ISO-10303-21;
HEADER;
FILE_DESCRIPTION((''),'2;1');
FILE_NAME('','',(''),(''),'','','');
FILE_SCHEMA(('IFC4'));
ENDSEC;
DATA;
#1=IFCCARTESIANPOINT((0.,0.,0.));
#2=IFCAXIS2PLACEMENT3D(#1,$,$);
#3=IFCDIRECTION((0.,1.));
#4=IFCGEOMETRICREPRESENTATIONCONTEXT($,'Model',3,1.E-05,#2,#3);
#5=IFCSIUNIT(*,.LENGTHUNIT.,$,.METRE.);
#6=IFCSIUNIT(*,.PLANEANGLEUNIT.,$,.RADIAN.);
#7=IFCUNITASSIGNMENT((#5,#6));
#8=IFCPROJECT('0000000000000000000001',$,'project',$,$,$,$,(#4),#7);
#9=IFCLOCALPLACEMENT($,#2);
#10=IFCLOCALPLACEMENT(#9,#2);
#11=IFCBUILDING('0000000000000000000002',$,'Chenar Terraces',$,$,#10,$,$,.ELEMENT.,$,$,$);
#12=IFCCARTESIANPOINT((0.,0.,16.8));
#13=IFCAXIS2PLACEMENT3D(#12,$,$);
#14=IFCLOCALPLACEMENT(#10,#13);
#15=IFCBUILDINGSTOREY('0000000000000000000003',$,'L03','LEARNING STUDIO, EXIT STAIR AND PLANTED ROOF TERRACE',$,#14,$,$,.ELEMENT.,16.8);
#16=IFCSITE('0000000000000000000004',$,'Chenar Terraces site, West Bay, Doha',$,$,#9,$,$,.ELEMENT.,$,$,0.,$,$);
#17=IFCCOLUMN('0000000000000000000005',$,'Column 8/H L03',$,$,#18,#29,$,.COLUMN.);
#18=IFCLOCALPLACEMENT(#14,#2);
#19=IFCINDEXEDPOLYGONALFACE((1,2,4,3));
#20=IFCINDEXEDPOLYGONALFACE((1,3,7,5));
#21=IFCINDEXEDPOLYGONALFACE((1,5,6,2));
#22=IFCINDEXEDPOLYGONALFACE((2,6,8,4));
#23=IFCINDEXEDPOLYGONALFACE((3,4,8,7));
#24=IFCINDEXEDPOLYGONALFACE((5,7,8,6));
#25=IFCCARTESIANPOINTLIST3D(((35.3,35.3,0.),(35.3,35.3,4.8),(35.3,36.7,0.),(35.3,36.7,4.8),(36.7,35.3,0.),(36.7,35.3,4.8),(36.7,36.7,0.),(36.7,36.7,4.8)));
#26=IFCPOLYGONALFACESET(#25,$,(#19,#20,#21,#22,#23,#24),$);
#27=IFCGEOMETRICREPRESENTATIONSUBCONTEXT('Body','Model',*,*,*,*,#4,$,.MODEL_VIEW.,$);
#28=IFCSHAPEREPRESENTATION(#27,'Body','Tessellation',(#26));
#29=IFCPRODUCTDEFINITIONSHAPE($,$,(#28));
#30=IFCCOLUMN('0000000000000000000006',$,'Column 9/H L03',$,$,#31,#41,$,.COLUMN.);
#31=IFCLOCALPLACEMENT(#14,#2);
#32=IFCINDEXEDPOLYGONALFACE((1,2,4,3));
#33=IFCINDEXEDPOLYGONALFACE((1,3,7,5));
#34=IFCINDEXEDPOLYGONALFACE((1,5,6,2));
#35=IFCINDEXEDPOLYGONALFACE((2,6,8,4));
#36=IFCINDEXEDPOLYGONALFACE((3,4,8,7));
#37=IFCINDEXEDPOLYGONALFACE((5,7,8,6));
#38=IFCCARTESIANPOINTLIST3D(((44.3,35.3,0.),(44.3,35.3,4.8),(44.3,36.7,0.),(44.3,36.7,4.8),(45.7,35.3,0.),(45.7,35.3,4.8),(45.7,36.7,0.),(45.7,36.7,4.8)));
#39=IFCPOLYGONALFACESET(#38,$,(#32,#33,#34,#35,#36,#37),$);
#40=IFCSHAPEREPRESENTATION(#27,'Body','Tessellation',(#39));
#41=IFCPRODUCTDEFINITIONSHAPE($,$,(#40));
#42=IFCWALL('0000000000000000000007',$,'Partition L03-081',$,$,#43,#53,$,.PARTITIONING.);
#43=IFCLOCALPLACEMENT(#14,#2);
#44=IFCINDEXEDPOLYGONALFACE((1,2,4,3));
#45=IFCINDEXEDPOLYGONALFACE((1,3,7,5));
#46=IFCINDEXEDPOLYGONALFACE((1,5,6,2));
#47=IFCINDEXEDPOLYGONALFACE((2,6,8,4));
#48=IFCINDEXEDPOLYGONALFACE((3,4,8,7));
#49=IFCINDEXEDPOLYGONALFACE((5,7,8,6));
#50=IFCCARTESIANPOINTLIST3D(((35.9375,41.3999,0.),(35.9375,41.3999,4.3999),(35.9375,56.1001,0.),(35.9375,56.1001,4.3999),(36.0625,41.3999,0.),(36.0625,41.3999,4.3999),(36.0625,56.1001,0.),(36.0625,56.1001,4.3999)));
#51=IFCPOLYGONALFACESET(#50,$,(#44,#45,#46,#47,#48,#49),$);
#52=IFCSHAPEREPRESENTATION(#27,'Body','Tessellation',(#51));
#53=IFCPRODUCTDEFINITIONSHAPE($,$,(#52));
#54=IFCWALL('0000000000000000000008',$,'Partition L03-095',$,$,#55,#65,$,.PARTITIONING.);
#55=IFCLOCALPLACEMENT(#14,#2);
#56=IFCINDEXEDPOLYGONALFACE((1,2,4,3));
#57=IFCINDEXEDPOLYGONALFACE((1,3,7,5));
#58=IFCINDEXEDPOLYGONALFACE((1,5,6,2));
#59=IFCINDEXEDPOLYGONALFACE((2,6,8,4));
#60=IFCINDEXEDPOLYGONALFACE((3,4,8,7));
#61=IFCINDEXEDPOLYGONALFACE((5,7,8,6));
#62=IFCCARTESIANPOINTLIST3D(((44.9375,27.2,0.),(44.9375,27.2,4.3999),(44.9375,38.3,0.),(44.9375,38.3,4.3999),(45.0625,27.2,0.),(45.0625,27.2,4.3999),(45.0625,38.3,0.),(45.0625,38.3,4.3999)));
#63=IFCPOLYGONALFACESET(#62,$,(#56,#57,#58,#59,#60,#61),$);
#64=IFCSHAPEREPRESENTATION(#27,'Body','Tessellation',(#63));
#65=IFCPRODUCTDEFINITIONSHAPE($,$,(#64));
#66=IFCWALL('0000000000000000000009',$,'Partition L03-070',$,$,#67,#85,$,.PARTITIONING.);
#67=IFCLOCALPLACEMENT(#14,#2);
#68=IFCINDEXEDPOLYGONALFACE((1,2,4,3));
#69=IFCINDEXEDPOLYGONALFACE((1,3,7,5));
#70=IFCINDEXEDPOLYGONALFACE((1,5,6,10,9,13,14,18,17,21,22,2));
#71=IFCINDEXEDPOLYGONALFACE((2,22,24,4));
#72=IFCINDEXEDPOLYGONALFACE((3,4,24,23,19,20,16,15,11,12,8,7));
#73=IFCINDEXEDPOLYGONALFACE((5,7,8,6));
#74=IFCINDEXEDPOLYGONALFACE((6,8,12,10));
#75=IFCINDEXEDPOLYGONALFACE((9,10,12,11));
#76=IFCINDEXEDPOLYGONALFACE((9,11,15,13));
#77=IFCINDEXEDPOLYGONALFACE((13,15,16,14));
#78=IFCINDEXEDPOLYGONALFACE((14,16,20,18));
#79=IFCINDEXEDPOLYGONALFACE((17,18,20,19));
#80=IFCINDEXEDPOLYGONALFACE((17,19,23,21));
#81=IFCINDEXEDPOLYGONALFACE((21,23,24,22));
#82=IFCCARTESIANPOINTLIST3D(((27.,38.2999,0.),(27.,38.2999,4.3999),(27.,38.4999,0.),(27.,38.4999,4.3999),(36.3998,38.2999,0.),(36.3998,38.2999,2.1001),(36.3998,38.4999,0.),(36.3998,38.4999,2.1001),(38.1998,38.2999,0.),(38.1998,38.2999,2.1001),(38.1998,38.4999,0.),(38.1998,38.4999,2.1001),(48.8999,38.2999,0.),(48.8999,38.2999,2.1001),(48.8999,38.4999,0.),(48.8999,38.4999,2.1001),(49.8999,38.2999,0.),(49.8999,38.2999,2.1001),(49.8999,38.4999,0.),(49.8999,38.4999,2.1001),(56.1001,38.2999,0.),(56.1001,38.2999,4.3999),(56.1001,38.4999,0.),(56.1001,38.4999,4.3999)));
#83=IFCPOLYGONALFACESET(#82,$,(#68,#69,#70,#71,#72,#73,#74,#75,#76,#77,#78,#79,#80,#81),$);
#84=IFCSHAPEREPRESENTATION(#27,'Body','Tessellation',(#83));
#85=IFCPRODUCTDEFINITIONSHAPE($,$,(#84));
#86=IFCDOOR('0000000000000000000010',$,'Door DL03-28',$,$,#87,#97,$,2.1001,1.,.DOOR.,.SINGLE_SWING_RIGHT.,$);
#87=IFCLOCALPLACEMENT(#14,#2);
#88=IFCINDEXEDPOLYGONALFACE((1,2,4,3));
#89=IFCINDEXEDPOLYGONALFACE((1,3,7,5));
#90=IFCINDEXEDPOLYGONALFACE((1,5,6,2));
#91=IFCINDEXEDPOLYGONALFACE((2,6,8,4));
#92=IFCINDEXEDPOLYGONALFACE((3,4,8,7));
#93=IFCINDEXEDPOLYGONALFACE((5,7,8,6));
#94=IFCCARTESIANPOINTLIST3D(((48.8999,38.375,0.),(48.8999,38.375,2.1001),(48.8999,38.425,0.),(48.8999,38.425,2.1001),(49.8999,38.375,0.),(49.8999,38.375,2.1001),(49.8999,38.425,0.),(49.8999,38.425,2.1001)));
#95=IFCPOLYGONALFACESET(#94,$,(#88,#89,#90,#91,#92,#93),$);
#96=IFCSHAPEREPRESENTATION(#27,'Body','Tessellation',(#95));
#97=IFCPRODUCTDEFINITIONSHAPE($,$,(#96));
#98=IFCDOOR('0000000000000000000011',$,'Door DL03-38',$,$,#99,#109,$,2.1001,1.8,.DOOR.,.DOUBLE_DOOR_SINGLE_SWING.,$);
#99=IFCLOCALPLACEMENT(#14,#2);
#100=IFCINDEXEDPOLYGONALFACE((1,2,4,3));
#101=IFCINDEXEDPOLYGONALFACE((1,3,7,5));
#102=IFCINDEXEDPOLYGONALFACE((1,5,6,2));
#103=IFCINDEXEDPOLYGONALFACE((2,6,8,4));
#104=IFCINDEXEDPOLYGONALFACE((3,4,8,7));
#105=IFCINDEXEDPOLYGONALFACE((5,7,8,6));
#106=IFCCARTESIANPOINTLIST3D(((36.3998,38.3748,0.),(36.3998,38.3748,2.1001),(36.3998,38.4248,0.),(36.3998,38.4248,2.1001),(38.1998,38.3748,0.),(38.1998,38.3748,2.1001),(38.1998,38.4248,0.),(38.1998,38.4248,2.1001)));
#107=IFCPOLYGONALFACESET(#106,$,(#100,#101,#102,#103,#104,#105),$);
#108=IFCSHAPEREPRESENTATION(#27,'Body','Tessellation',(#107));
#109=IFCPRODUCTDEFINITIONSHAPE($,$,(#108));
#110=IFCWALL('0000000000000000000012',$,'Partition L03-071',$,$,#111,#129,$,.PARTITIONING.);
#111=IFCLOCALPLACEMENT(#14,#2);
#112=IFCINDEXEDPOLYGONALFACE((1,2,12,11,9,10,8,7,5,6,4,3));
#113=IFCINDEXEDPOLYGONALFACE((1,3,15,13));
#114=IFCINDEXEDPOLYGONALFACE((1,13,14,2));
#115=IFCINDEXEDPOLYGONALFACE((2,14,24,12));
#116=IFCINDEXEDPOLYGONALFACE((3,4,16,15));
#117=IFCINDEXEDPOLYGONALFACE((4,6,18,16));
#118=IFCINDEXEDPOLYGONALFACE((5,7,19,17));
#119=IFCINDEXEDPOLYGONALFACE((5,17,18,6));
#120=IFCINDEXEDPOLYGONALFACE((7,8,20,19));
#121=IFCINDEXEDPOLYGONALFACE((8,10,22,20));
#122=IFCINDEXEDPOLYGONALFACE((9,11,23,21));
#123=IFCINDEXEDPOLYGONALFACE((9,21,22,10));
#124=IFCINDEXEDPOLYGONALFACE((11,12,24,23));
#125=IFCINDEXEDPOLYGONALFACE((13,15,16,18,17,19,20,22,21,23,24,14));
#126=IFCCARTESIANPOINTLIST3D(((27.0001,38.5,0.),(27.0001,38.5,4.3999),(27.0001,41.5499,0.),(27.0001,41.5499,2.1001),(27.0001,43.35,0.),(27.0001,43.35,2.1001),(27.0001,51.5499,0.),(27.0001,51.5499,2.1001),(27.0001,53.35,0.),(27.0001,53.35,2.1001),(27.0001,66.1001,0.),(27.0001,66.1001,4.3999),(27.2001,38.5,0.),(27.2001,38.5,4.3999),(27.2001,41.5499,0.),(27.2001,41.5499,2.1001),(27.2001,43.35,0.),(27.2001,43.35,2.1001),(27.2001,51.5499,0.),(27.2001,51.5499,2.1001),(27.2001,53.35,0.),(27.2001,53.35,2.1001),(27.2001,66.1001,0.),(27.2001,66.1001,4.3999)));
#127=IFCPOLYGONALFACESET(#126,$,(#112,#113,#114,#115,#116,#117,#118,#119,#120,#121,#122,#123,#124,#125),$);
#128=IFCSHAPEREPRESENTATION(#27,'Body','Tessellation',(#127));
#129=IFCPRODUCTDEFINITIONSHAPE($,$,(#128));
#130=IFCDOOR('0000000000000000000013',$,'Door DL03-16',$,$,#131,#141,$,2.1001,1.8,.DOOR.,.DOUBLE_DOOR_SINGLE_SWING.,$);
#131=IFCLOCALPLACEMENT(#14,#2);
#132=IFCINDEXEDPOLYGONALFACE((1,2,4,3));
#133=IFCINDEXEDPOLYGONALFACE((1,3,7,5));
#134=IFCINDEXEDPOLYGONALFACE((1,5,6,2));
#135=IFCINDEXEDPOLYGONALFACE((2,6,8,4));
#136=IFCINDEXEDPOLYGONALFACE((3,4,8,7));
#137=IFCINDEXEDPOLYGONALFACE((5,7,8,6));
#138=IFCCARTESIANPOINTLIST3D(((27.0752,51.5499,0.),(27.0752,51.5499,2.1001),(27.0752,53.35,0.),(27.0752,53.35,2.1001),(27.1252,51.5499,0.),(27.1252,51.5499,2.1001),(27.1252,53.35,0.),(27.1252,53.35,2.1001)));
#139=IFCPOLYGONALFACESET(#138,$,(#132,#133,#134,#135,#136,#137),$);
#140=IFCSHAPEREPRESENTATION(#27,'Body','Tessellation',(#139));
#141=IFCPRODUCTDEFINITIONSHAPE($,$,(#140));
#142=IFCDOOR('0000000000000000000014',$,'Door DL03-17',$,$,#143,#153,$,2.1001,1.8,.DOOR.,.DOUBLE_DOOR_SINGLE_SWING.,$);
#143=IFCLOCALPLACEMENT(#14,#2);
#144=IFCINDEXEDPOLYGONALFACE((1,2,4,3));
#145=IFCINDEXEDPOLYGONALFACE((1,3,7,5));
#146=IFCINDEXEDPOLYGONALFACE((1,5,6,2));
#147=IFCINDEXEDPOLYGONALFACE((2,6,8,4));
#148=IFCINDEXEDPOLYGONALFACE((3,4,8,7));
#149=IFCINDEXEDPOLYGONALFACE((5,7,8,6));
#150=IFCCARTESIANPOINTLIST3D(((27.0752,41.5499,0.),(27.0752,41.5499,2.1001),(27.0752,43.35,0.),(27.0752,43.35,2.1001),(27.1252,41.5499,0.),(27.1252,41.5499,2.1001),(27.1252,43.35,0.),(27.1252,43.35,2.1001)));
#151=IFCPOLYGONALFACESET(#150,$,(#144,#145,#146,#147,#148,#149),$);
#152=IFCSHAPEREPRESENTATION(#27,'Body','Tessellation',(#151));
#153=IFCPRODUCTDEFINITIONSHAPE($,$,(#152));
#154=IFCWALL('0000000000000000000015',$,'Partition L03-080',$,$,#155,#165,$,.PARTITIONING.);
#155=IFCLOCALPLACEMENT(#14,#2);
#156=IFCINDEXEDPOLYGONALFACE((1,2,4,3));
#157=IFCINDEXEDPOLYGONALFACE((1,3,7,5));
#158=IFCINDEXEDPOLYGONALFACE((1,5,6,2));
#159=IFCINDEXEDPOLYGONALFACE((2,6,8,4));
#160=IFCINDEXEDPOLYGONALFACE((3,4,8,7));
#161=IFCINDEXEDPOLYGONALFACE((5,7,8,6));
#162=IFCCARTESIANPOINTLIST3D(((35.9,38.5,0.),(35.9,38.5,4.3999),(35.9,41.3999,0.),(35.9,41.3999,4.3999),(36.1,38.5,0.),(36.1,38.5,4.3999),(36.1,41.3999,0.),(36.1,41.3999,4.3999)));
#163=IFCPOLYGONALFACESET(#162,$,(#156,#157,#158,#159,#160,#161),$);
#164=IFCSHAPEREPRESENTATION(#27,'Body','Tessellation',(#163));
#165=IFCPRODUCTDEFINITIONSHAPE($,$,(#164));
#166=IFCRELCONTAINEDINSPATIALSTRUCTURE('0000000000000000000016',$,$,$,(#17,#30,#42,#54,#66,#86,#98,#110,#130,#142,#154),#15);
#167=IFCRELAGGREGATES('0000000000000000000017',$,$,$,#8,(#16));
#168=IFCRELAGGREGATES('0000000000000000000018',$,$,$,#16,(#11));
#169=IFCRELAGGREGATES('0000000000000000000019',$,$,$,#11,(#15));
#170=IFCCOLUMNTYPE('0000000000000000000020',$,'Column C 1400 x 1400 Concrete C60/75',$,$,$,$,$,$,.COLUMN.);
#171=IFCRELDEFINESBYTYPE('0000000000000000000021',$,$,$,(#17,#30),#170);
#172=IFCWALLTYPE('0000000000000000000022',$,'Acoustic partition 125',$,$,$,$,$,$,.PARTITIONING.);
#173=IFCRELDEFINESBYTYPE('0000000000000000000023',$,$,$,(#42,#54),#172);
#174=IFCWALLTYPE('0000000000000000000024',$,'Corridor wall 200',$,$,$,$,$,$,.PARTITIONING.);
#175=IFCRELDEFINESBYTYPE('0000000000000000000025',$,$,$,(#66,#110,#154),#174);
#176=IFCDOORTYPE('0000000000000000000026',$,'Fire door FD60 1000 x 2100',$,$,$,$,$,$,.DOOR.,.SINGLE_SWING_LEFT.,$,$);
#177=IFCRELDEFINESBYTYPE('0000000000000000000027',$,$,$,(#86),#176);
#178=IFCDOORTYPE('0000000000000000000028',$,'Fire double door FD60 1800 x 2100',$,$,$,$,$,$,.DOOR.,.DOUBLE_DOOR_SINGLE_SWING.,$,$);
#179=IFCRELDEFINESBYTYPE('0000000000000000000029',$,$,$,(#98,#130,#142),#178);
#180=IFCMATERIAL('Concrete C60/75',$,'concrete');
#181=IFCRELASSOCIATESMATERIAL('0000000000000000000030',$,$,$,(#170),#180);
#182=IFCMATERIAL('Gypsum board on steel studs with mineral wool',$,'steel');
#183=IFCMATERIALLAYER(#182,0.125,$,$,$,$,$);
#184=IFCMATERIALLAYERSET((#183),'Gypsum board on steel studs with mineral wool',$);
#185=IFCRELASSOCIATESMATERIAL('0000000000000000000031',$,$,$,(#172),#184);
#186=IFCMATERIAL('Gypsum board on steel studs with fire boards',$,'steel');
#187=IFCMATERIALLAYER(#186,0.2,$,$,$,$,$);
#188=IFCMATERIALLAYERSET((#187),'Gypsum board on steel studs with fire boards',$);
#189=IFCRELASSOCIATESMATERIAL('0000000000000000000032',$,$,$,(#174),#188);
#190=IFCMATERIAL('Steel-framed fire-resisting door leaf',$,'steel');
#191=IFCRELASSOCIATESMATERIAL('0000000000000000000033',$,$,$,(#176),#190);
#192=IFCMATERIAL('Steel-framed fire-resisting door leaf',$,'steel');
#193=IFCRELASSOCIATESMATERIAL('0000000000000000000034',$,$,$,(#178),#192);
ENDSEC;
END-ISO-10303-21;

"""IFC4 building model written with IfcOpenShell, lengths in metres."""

from ifc_helpers import new_model, si_unit, direction, frame, frame_2d, origin, origin_2d, place, context, subcontext, project, spatial, rectangle, extrude, material, layer, layer_set, material_profile, profile_set, type_object, element, fill, save


model = new_model("IFC4")

# Units and contexts
model_context = context("Model", 3, precision=1e-05, world=origin(), true_north=direction((0.0, 1.0)))
body_context = subcontext(model_context, "Body", "Model", "MODEL_VIEW")
ifc_project = project(units=[si_unit("LENGTHUNIT", "METRE"), si_unit("PLANEANGLEUNIT", "RADIAN")], contexts=[model_context])

# Site, building, storey
site_placement = place(None, origin())
site = spatial("IfcSite", under=ifc_project, at=site_placement, Name="Chenar Terraces site, West Bay, Doha", CompositionType="ELEMENT", RefElevation=0.0)
building_placement = place(site_placement, origin())
building = spatial("IfcBuilding", under=site, at=building_placement, Name="Chenar Terraces", CompositionType="ELEMENT")
storey_placement = place(building_placement, frame((0.0, 0.0, 16.8)))
storey = spatial("IfcBuildingStorey", under=building, at=storey_placement, Name="L03", Description="LEARNING STUDIO, EXIT STAIR AND PLANTED ROOF TERRACE", CompositionType="ELEMENT", Elevation=16.8)

# Columns
ifc_material_1 = material(Name="Concrete C60/75", Category="concrete")
ifc_material_profile = material_profile(ifc_material_1, rectangle(XDim=1.3999, YDim=1.3999, at=origin_2d()), Name="C 1400 x 1400")
ifc_profile_set = profile_set([ifc_material_profile], Name="Concrete C60/75")
column_type = type_object("IfcColumnType", Name="Column C 1400 x 1400 Concrete C60/75", PredefinedType="COLUMN", material=ifc_profile_set)
for number, where, z_axis, x_axis, name in (
    (1, (36.0, 36.0, 0.0), (0.0, 0.0, 1.0), (1.0, 0.0, 0.0), "Column 8/H L03"),
    (2, (45.0, 36.0, 0.0), (0.0, 0.0, 1.0), (1.0, 0.0, 0.0), "Column 9/H L03"),
):
    element("IfcColumn", number, at=place(storey_placement, frame(where, z_axis=z_axis, x_axis=x_axis)), inside=storey, type_object=column_type, Name=name, PredefinedType="COLUMN", context=body_context, shape_type="SweptSolid", body=[
        extrude(rectangle(XDim=1.3999, YDim=1.3999, at=origin_2d()), origin(), (0.0, 0.0, 1.0), 4.8),
    ])

# Walls
ifc_material_2 = material(Name="Gypsum board on steel studs with mineral wool", Category="steel")
ifc_layer_1 = layer(ifc_material_2, 0.125)
ifc_layer_set_1 = layer_set([ifc_layer_1], Name="Gypsum board on steel studs with mineral wool")
wall_type_1 = type_object("IfcWallType", Name="Acoustic partition 125", PredefinedType="PARTITIONING", material=ifc_layer_set_1)
wall_1_placement = place(storey_placement, frame((36.0, 41.3999, 0.0), z_axis=(0.0, 0.0, 1.0), x_axis=(0.0, 1.0, 0.0)))
element("IfcWall", 3, at=wall_1_placement, inside=storey, type_object=wall_type_1, Name="Partition L03-081", PredefinedType="PARTITIONING", context=body_context, shape_type="SweptSolid", body=[
    extrude(rectangle(XDim=14.7002, YDim=0.125, at=frame_2d((7.3501, 0.0))), origin(), (0.0, 0.0, 1.0), 4.3999),
])
wall_2_placement = place(storey_placement, frame((45.0, 27.2, 0.0), z_axis=(0.0, 0.0, 1.0), x_axis=(0.0, 1.0, 0.0)))
element("IfcWall", 4, at=wall_2_placement, inside=storey, type_object=wall_type_1, Name="Partition L03-095", PredefinedType="PARTITIONING", context=body_context, shape_type="SweptSolid", body=[
    extrude(rectangle(XDim=11.1001, YDim=0.125, at=frame_2d((5.55, 0.0))), origin(), (0.0, 0.0, 1.0), 4.3999),
])

# Walls, openings, doors
ifc_material_3 = material(Name="Gypsum board on steel studs with fire boards", Category="steel")
ifc_layer_2 = layer(ifc_material_3, 0.2)
ifc_layer_set_2 = layer_set([ifc_layer_2], Name="Gypsum board on steel studs with fire boards")
wall_type_2 = type_object("IfcWallType", Name="Corridor wall 200", PredefinedType="PARTITIONING", material=ifc_layer_set_2)
wall_3_placement = place(storey_placement, frame((27.0, 38.3999, 0.0), z_axis=(0.0, 0.0, 1.0), x_axis=(1.0, 0.0, 0.0)))
wall_3 = element("IfcWall", 5, at=wall_3_placement, inside=storey, type_object=wall_type_2, Name="Partition L03-070", PredefinedType="PARTITIONING", context=body_context, shape_type="SweptSolid", body=[
    extrude(rectangle(XDim=29.1001, YDim=0.2, at=frame_2d((14.55, 0.0))), origin(), (0.0, 0.0, 1.0), 4.3999),
])
opening_1_placement = place(wall_3_placement, frame((21.8999, 0.0, 0.0)))
opening_1 = element("IfcOpeningElement", 6, at=opening_1_placement, cuts=wall_3, PredefinedType="OPENING", context=body_context, shape_type="SweptSolid", body=[
    extrude(rectangle(XDim=1.0, YDim=2.1001, at=frame_2d((0.5, 1.05))), frame((0.0, 0.1099, 0.0), z_axis=(0.0, -1.0, 0.0), x_axis=(1.0, 0.0, 0.0)), (0.0, 0.0, 1.0), 0.22),
])
opening_2_placement = place(wall_3_placement, frame((9.3999, 0.0, 0.0)))
opening_2 = element("IfcOpeningElement", 7, at=opening_2_placement, cuts=wall_3, PredefinedType="OPENING", context=body_context, shape_type="SweptSolid", body=[
    extrude(rectangle(XDim=1.8, YDim=2.1001, at=frame_2d((0.8999, 1.05))), frame((0.0, 0.1099, 0.0), z_axis=(0.0, -1.0, 0.0), x_axis=(1.0, 0.0, 0.0)), (0.0, 0.0, 1.0), 0.22),
])
ifc_material_4 = material(Name="Steel-framed fire-resisting door leaf", Category="steel")
door_type_1 = type_object("IfcDoorType", Name="Fire door FD60 1000 x 2100", OperationType="SINGLE_SWING_LEFT", PredefinedType="DOOR", material=ifc_material_4)
door_1_placement = place(opening_1_placement, frame((1.0, 0.0, 0.0), z_axis=(0.0, 0.0, 1.0), x_axis=(-1.0, 0.0, 0.0)))
door_1 = element("IfcDoor", 8, at=door_1_placement, inside=storey, type_object=door_type_1, Name="Door DL03-28", OperationType="SINGLE_SWING_RIGHT", OverallHeight=2.1001, OverallWidth=1.0, PredefinedType="DOOR", context=body_context, shape_type="SweptSolid", body=[
    extrude(rectangle(XDim=1.0, YDim=2.1001, at=frame_2d((0.5, 1.05))), frame((0.0, 0.0249, 0.0), z_axis=(0.0, -1.0, 0.0), x_axis=(1.0, 0.0, 0.0)), (0.0, 0.0, 1.0), 0.05),
])
fill(opening_1, door_1)
ifc_material_5 = material(Name="Steel-framed fire-resisting door leaf", Category="steel")
door_type_2 = type_object("IfcDoorType", Name="Fire double door FD60 1800 x 2100", OperationType="DOUBLE_DOOR_SINGLE_SWING", PredefinedType="DOOR", material=ifc_material_5)
door_2_placement = place(opening_2_placement, origin())
door_2 = element("IfcDoor", 9, at=door_2_placement, inside=storey, type_object=door_type_2, Name="Door DL03-38", OperationType="DOUBLE_DOOR_SINGLE_SWING", OverallHeight=2.1001, OverallWidth=1.8, PredefinedType="DOOR", context=body_context, shape_type="SweptSolid", body=[
    extrude(rectangle(XDim=1.8, YDim=2.1001, at=frame_2d((0.8999, 1.05))), frame((0.0, 0.0249, 0.0), z_axis=(0.0, -1.0, 0.0), x_axis=(1.0, 0.0, 0.0)), (0.0, 0.0, 1.0), 0.05),
])
fill(opening_2, door_2)
wall_4_placement = place(storey_placement, frame((27.1001, 38.5, 0.0), z_axis=(0.0, 0.0, 1.0), x_axis=(0.0, 1.0, 0.0)))
wall_4 = element("IfcWall", 10, at=wall_4_placement, inside=storey, type_object=wall_type_2, Name="Partition L03-071", PredefinedType="PARTITIONING", context=body_context, shape_type="SweptSolid", body=[
    extrude(rectangle(XDim=27.6001, YDim=0.2, at=frame_2d((13.8, 0.0))), origin(), (0.0, 0.0, 1.0), 4.3999),
])
opening_3_placement = place(wall_4_placement, frame((13.05, 0.0, 0.0)))
opening_3 = element("IfcOpeningElement", 11, at=opening_3_placement, cuts=wall_4, PredefinedType="OPENING", context=body_context, shape_type="SweptSolid", body=[
    extrude(rectangle(XDim=1.8, YDim=2.1001, at=frame_2d((0.8999, 1.05))), frame((0.0, 0.1099, 0.0), z_axis=(0.0, -1.0, 0.0), x_axis=(1.0, 0.0, 0.0)), (0.0, 0.0, 1.0), 0.22),
])
opening_4_placement = place(wall_4_placement, frame((3.05, 0.0, 0.0)))
opening_4 = element("IfcOpeningElement", 12, at=opening_4_placement, cuts=wall_4, PredefinedType="OPENING", context=body_context, shape_type="SweptSolid", body=[
    extrude(rectangle(XDim=1.8, YDim=2.1001, at=frame_2d((0.8999, 1.05))), frame((0.0, 0.1099, 0.0), z_axis=(0.0, -1.0, 0.0), x_axis=(1.0, 0.0, 0.0)), (0.0, 0.0, 1.0), 0.22),
])
door_3_placement = place(opening_3_placement, origin())
door_3 = element("IfcDoor", 13, at=door_3_placement, inside=storey, type_object=door_type_2, Name="Door DL03-16", OperationType="DOUBLE_DOOR_SINGLE_SWING", OverallHeight=2.1001, OverallWidth=1.8, PredefinedType="DOOR", context=body_context, shape_type="SweptSolid", body=[
    extrude(rectangle(XDim=1.8, YDim=2.1001, at=frame_2d((0.8999, 1.05))), frame((0.0, 0.0249, 0.0), z_axis=(0.0, -1.0, 0.0), x_axis=(1.0, 0.0, 0.0)), (0.0, 0.0, 1.0), 0.05),
])
fill(opening_3, door_3)
door_4_placement = place(opening_4_placement, origin())
door_4 = element("IfcDoor", 14, at=door_4_placement, inside=storey, type_object=door_type_2, Name="Door DL03-17", OperationType="DOUBLE_DOOR_SINGLE_SWING", OverallHeight=2.1001, OverallWidth=1.8, PredefinedType="DOOR", context=body_context, shape_type="SweptSolid", body=[
    extrude(rectangle(XDim=1.8, YDim=2.1001, at=frame_2d((0.8999, 1.05))), frame((0.0, 0.0249, 0.0), z_axis=(0.0, -1.0, 0.0), x_axis=(1.0, 0.0, 0.0)), (0.0, 0.0, 1.0), 0.05),
])
fill(opening_4, door_4)

# Wall
wall_5_placement = place(storey_placement, frame((36.0, 38.5, 0.0), z_axis=(0.0, 0.0, 1.0), x_axis=(0.0, 1.0, 0.0)))
element("IfcWall", 15, at=wall_5_placement, inside=storey, type_object=wall_type_2, Name="Partition L03-080", PredefinedType="PARTITIONING", context=body_context, shape_type="SweptSolid", body=[
    extrude(rectangle(XDim=2.8999, YDim=0.2, at=frame_2d((1.45, 0.0))), origin(), (0.0, 0.0, 1.0), 4.3999),
])

save(model, "model.ifc")
